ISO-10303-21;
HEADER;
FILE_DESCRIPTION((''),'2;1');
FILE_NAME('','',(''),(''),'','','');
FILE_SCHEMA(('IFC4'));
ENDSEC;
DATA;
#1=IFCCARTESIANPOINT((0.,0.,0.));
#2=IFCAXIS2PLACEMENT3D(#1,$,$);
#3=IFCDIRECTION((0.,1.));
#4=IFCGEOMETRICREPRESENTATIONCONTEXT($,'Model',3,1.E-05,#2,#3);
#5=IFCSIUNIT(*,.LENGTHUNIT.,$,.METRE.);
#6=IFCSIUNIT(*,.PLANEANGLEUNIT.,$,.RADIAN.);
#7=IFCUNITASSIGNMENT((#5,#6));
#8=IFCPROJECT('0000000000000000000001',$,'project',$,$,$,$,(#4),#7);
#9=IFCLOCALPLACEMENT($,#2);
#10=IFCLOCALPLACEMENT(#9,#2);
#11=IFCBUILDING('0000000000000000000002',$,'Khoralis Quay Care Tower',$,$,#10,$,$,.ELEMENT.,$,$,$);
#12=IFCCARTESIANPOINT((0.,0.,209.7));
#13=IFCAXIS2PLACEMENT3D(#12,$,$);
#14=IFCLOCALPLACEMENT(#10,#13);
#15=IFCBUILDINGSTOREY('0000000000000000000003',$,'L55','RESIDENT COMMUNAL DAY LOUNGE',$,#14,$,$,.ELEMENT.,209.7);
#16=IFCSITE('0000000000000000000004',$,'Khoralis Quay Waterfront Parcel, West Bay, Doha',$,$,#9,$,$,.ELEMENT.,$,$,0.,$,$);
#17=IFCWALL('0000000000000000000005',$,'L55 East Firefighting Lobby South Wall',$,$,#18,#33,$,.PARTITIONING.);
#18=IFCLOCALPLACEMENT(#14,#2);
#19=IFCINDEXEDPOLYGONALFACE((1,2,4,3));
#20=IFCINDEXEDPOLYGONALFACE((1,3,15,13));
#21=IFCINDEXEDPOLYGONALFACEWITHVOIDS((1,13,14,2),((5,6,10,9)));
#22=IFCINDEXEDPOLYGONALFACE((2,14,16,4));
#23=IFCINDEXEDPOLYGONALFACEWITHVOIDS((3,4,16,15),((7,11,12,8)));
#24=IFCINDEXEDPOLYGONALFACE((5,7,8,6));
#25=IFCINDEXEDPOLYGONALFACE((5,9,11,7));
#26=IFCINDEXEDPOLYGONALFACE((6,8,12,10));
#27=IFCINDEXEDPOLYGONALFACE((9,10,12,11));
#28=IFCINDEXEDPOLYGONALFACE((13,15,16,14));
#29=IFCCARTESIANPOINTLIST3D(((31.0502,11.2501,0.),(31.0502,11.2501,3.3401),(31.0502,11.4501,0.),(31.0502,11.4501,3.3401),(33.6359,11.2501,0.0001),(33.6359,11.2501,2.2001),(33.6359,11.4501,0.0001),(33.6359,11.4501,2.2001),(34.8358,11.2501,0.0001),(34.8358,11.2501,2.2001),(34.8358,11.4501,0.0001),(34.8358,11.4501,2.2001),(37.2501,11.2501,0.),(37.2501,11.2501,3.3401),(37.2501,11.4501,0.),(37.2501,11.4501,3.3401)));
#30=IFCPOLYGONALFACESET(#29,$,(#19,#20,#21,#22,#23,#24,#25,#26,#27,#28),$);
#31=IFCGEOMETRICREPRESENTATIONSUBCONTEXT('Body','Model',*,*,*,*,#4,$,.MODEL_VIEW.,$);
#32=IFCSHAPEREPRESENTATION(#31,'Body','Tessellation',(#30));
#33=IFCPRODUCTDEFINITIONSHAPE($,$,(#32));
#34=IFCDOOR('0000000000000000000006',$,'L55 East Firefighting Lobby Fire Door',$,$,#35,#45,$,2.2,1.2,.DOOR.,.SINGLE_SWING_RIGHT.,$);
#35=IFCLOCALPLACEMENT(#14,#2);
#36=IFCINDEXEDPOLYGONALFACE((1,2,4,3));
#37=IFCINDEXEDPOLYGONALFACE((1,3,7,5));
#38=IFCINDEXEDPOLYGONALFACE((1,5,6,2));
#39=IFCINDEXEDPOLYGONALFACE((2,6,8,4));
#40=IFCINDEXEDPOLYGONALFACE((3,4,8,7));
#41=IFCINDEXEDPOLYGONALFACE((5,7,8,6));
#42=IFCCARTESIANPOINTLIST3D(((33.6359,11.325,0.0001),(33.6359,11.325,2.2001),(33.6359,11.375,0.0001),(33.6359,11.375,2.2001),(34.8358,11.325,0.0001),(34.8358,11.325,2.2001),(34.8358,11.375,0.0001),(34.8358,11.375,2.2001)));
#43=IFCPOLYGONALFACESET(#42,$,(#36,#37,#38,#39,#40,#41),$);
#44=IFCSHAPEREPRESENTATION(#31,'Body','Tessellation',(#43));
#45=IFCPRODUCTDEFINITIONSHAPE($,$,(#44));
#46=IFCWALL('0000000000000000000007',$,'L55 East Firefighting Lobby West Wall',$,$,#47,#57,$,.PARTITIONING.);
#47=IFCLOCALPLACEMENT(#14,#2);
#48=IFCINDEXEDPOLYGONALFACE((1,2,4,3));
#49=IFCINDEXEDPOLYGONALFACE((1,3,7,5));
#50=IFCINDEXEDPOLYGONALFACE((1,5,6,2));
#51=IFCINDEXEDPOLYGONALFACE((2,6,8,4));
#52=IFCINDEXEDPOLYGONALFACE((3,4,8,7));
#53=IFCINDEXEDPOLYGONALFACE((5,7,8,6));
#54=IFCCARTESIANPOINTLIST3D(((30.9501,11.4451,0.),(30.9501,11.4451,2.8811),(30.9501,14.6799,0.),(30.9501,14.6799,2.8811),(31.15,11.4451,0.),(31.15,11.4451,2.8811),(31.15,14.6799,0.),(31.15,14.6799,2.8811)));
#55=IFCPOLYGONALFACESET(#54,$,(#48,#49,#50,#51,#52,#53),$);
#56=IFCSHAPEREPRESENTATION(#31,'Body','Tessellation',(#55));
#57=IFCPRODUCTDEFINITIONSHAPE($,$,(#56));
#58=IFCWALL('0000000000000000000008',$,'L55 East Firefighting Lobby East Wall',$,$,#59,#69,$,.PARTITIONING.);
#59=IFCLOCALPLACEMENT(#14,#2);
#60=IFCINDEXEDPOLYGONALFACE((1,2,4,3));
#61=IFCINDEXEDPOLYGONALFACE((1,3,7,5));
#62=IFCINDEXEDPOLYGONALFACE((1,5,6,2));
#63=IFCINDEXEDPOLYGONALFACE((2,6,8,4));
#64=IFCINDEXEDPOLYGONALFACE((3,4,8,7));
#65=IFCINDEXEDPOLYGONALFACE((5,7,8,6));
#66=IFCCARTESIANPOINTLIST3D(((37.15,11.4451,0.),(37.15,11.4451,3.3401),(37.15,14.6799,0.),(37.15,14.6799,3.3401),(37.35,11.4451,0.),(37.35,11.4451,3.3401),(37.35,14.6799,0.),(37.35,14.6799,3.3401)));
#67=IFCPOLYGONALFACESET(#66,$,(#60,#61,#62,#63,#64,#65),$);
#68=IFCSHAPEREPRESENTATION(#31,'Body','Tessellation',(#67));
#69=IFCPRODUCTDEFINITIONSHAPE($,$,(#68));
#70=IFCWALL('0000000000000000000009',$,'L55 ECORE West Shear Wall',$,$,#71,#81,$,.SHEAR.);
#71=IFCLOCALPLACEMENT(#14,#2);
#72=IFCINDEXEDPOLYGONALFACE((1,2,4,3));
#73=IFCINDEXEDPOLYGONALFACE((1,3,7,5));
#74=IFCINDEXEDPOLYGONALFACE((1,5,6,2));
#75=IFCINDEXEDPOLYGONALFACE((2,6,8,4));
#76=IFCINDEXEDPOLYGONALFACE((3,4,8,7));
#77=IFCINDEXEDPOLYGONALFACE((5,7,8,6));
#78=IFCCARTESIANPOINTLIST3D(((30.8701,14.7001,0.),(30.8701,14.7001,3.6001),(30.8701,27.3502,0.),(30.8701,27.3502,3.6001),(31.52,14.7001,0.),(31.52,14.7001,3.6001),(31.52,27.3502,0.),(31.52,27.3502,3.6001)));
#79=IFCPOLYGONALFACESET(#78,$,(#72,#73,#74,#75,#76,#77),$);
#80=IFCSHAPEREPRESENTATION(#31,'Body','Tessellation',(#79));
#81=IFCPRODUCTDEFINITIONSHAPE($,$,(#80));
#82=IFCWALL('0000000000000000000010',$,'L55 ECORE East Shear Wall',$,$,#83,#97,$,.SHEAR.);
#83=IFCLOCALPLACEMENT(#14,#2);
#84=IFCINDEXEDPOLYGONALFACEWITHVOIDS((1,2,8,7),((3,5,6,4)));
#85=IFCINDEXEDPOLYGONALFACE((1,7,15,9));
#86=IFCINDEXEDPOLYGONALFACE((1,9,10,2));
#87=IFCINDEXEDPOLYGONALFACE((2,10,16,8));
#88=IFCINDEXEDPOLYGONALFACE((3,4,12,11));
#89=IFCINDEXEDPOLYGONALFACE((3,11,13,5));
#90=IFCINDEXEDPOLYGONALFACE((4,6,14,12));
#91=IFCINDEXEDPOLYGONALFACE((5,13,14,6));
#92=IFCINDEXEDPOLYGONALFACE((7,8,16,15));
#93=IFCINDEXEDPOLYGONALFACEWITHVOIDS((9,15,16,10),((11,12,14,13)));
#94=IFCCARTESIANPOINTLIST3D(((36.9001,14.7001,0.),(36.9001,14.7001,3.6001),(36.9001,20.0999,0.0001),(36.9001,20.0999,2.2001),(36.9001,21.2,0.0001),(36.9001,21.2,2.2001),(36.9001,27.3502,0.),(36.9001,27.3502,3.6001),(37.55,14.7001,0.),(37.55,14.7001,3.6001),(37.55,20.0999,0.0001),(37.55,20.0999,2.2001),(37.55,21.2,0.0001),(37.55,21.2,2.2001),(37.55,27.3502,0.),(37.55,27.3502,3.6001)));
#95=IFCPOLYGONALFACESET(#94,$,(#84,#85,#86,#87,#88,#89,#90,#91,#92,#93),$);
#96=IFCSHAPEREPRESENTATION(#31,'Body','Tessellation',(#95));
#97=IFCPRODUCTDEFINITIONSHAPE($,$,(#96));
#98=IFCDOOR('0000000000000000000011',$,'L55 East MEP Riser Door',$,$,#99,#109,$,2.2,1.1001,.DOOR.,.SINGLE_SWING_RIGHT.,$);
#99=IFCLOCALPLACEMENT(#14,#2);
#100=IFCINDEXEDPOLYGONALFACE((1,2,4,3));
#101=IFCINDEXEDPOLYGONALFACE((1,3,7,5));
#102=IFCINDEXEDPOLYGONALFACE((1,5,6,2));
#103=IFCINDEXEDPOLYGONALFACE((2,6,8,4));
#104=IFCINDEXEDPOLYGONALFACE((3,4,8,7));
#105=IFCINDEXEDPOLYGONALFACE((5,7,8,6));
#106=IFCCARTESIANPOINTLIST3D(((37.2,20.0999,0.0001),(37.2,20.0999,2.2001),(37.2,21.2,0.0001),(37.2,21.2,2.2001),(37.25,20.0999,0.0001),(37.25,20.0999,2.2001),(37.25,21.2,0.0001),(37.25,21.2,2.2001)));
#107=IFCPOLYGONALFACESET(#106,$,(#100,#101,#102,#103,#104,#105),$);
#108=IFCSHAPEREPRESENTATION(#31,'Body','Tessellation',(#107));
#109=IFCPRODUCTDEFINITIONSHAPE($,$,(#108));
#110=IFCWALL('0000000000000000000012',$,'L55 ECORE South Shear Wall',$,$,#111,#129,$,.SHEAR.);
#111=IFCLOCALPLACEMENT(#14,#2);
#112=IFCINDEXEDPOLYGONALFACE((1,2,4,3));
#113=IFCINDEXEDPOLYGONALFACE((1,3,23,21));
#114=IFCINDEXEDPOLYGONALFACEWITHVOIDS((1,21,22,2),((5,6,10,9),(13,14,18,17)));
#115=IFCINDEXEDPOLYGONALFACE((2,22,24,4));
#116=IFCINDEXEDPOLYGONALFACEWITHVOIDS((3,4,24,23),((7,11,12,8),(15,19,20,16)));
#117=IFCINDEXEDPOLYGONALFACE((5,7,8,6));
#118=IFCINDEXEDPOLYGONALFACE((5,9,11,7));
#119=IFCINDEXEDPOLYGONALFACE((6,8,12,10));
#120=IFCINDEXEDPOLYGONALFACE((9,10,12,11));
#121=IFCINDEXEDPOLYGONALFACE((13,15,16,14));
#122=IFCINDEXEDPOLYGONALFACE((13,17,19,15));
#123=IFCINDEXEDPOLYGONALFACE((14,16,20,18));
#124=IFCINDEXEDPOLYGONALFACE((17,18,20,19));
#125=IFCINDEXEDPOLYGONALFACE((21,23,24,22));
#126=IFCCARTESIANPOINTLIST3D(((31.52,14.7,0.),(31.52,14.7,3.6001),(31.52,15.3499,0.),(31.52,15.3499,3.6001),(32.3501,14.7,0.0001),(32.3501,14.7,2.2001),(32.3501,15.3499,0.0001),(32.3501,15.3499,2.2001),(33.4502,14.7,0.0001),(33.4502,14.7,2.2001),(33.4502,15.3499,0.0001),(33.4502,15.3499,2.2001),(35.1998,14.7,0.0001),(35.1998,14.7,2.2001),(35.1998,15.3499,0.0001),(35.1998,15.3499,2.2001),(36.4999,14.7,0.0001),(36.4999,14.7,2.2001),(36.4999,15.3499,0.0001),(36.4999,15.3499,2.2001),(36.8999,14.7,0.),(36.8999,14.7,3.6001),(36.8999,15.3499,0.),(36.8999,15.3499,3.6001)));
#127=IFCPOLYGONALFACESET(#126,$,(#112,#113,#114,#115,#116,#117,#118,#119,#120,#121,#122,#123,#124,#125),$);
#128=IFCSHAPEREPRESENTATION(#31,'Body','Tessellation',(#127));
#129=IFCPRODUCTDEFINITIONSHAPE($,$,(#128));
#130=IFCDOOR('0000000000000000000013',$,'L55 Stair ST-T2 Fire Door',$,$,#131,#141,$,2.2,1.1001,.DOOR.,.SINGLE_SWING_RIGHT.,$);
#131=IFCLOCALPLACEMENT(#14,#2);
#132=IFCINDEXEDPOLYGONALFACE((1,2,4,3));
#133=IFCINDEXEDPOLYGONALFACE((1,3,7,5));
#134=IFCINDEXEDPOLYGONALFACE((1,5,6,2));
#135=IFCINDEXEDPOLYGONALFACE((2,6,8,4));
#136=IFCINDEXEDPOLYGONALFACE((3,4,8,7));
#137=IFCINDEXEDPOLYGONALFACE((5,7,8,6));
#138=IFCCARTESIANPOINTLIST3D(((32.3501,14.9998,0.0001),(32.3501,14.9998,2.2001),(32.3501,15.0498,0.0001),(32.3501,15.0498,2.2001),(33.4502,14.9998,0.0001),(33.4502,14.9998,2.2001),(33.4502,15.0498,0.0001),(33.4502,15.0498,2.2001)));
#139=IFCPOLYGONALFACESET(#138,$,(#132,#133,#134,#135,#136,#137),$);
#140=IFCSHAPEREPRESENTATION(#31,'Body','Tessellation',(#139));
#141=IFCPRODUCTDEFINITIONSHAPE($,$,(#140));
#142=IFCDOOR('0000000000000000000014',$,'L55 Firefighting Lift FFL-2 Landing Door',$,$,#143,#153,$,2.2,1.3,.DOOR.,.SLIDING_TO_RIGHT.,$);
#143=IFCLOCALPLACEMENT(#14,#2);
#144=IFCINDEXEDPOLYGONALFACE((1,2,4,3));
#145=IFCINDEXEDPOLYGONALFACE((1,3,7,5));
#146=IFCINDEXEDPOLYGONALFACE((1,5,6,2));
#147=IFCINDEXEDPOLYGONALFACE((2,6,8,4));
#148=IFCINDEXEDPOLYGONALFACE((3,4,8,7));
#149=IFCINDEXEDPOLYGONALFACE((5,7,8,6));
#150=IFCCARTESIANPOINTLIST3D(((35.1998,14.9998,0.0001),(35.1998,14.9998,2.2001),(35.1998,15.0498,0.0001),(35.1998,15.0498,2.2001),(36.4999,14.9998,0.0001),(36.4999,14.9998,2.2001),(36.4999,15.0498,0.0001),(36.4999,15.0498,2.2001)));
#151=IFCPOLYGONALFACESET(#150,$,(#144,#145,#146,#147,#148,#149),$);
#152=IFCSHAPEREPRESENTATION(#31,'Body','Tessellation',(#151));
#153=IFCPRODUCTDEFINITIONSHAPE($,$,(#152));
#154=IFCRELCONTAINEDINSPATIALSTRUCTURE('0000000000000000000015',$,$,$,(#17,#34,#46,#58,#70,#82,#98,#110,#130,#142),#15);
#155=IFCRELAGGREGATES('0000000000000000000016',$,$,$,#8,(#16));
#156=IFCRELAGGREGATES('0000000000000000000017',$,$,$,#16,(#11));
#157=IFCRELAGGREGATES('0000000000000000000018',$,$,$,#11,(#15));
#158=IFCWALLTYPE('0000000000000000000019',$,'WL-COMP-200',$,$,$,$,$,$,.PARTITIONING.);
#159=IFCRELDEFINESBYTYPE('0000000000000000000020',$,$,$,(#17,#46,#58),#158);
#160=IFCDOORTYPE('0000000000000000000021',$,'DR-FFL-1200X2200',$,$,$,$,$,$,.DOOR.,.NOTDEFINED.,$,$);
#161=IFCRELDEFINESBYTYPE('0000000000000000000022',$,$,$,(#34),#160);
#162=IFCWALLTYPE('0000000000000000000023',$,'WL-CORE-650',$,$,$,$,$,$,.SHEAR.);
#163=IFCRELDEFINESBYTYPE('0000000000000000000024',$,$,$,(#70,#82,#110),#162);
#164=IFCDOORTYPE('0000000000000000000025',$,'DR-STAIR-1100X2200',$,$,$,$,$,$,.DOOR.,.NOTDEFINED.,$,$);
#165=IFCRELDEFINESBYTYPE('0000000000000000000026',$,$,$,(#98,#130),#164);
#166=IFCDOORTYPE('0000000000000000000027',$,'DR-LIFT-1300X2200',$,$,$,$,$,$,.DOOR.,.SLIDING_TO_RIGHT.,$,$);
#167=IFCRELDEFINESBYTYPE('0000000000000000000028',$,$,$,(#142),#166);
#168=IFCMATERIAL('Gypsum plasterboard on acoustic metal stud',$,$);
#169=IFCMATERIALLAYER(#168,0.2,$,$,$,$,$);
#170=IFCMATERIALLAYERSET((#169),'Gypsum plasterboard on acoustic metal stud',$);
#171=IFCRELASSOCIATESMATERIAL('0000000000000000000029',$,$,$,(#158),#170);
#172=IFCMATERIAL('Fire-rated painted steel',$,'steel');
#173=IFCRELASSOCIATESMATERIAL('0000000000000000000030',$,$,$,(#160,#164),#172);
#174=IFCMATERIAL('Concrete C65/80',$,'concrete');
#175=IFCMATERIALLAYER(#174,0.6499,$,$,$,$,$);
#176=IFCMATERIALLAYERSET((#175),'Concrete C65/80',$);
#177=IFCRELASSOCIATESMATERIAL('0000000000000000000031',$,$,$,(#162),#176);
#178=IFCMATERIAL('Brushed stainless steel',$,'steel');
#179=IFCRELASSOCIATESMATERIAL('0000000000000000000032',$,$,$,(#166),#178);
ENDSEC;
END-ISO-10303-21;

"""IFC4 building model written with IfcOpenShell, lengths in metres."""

from ifc_helpers import new_model, si_unit, direction, frame, frame_2d, origin, place, context, subcontext, project, spatial, rectangle, extrude, source, transform, mapped, material, layer, layer_set, type_object, element, fill, save


model = new_model("IFC4")

# Units and contexts
model_context = context("Model", 3, precision=1e-05, world=origin(), true_north=direction((0.0, 1.0)))
body_context = subcontext(model_context, "Body", "Model", "MODEL_VIEW")
ifc_project = project(units=[si_unit("LENGTHUNIT", "METRE"), si_unit("PLANEANGLEUNIT", "RADIAN")], contexts=[model_context])

# Site, building, storey
site_placement = place(None, origin())
site = spatial("IfcSite", under=ifc_project, at=site_placement, Name="Khoralis Quay Waterfront Parcel, West Bay, Doha", CompositionType="ELEMENT", RefElevation=0.0)
building_placement = place(site_placement, origin())
building = spatial("IfcBuilding", under=site, at=building_placement, Name="Khoralis Quay Care Tower", CompositionType="ELEMENT")
storey_placement = place(building_placement, frame((0.0, 0.0, 209.7)))
storey = spatial("IfcBuildingStorey", under=building, at=storey_placement, Name="L55", Description="RESIDENT COMMUNAL DAY LOUNGE", CompositionType="ELEMENT", Elevation=209.7)

# Wall, opening, door
ifc_material_1 = material(Name="Gypsum plasterboard on acoustic metal stud")
ifc_layer_1 = layer(ifc_material_1, 0.2)
ifc_layer_set_1 = layer_set([ifc_layer_1], Name="Gypsum plasterboard on acoustic metal stud")
wall_type_1 = type_object("IfcWallType", Name="WL-COMP-200", PredefinedType="PARTITIONING", material=ifc_layer_set_1)
wall_1_placement = place(storey_placement, frame((31.05, 11.3501, 0.0), z_axis=(0.0, 0.0, 1.0), x_axis=(1.0, 0.0, 0.0)))
wall_1 = element("IfcWall", 1, at=wall_1_placement, inside=storey, type_object=wall_type_1, Name="L55 East Firefighting Lobby South Wall", PredefinedType="PARTITIONING", context=body_context, shape_type="SweptSolid", body=[
    extrude(rectangle(XDim=6.2, YDim=0.2, at=frame_2d((3.1001, 0.0))), origin(), (0.0, 0.0, 1.0), 3.3401),
])
opening_1_placement = place(wall_1_placement, frame((2.5857, 0.0, 0.0)))
opening_1 = element("IfcOpeningElement", 2, at=opening_1_placement, cuts=wall_1, PredefinedType="OPENING", context=body_context, shape_type="SweptSolid", body=[
    extrude(rectangle(XDim=1.2, YDim=2.2, at=frame_2d((0.6001, 1.1001))), frame((0.0, 0.1099, 0.0), z_axis=(0.0, -1.0, 0.0), x_axis=(1.0, 0.0, 0.0)), (0.0, 0.0, 1.0), 0.22),
])
ifc_material_2 = material(Name="Fire-rated painted steel", Category="steel")
door_type_1 = type_object("IfcDoorType", Name="DR-FFL-1200X2200", OperationType="NOTDEFINED", PredefinedType="DOOR", material=ifc_material_2)
shared_shape_1 = source(origin(), body_context, "Body", "SweptSolid", [
    extrude(rectangle(XDim=1.2, YDim=2.2, at=frame_2d((0.6001, 1.1001))), frame((0.0, 0.0249, 0.0), z_axis=(0.0, -1.0, 0.0), x_axis=(1.0, 0.0, 0.0)), (0.0, 0.0, 1.0), 0.05),
])
door_1_placement = place(opening_1_placement, origin())
door_1 = element("IfcDoor", 3, at=door_1_placement, inside=storey, type_object=door_type_1, Name="L55 East Firefighting Lobby Fire Door", OperationType="SINGLE_SWING_RIGHT", OverallHeight=2.2, OverallWidth=1.2, PredefinedType="DOOR", context=body_context, shape_type="MappedRepresentation", body=[
    mapped(shared_shape_1, transform((0.0, 0.0, 0.0), scale=1.0)),
])
fill(opening_1, door_1)

# Walls
wall_2_placement = place(storey_placement, frame((31.05, 11.4451, 0.0), z_axis=(0.0, 0.0, 1.0), x_axis=(0.0, 1.0, 0.0)))
element("IfcWall", 4, at=wall_2_placement, inside=storey, type_object=wall_type_1, Name="L55 East Firefighting Lobby West Wall", PredefinedType="PARTITIONING", context=body_context, shape_type="SweptSolid", body=[
    extrude(rectangle(XDim=3.2349, YDim=0.2, at=frame_2d((1.6174, 0.0))), origin(), (0.0, 0.0, 1.0), 2.8811),
])
wall_3_placement = place(storey_placement, frame((37.25, 11.4451, 0.0), z_axis=(0.0, 0.0, 1.0), x_axis=(0.0, 1.0, 0.0)))
element("IfcWall", 5, at=wall_3_placement, inside=storey, type_object=wall_type_1, Name="L55 East Firefighting Lobby East Wall", PredefinedType="PARTITIONING", context=body_context, shape_type="SweptSolid", body=[
    extrude(rectangle(XDim=3.2349, YDim=0.2, at=frame_2d((1.6174, 0.0))), origin(), (0.0, 0.0, 1.0), 3.3401),
])
ifc_material_3 = material(Name="Concrete C65/80", Category="concrete")
ifc_layer_2 = layer(ifc_material_3, 0.6499)
ifc_layer_set_2 = layer_set([ifc_layer_2], Name="Concrete C65/80")
wall_type_2 = type_object("IfcWallType", Name="WL-CORE-650", PredefinedType="SHEAR", material=ifc_layer_set_2)
wall_4_placement = place(storey_placement, frame((31.1951, 14.7, 0.0), z_axis=(0.0, 0.0, 1.0), x_axis=(0.0, 1.0, 0.0)))
element("IfcWall", 6, at=wall_4_placement, inside=storey, type_object=wall_type_2, Name="L55 ECORE West Shear Wall", PredefinedType="SHEAR", context=body_context, shape_type="SweptSolid", body=[
    extrude(rectangle(XDim=12.6501, YDim=0.6499, at=frame_2d((6.3252, 0.0))), origin(), (0.0, 0.0, 1.0), 3.6001),
])

# Wall, opening, door
wall_5_placement = place(storey_placement, frame((37.2251, 14.7, 0.0), z_axis=(0.0, 0.0, 1.0), x_axis=(0.0, 1.0, 0.0)))
wall_5 = element("IfcWall", 7, at=wall_5_placement, inside=storey, type_object=wall_type_2, Name="L55 ECORE East Shear Wall", PredefinedType="SHEAR", context=body_context, shape_type="SweptSolid", body=[
    extrude(rectangle(XDim=12.6501, YDim=0.6499, at=frame_2d((6.3252, 0.0))), origin(), (0.0, 0.0, 1.0), 3.6001),
])
opening_2_placement = place(wall_5_placement, frame((5.3999, 0.0, 0.0)))
opening_2 = element("IfcOpeningElement", 8, at=opening_2_placement, cuts=wall_5, PredefinedType="OPENING", context=body_context, shape_type="SweptSolid", body=[
    extrude(rectangle(XDim=1.1001, YDim=2.2, at=frame_2d((0.55, 1.1001))), frame((0.0, 0.335, 0.0), z_axis=(0.0, -1.0, 0.0), x_axis=(1.0, 0.0, 0.0)), (0.0, 0.0, 1.0), 0.6699),
])
door_type_2 = type_object("IfcDoorType", Name="DR-STAIR-1100X2200", OperationType="NOTDEFINED", PredefinedType="DOOR", material=ifc_material_2)
shared_shape_2 = source(origin(), body_context, "Body", "SweptSolid", [
    extrude(rectangle(XDim=1.1001, YDim=2.2, at=frame_2d((0.55, 1.1001))), frame((0.0, 0.0249, 0.0), z_axis=(0.0, -1.0, 0.0), x_axis=(1.0, 0.0, 0.0)), (0.0, 0.0, 1.0), 0.05),
])
door_2_placement = place(opening_2_placement, frame((1.1001, 0.0, 0.0), z_axis=(0.0, 0.0, 1.0), x_axis=(-1.0, 0.0, 0.0)))
door_2 = element("IfcDoor", 9, at=door_2_placement, inside=storey, type_object=door_type_2, Name="L55 East MEP Riser Door", OperationType="SINGLE_SWING_RIGHT", OverallHeight=2.2, OverallWidth=1.1001, PredefinedType="DOOR", context=body_context, shape_type="MappedRepresentation", body=[
    mapped(shared_shape_2, transform((0.0, 0.0, 0.0), scale=1.0)),
])
fill(opening_2, door_2)

# Wall, openings, doors
wall_6_placement = place(storey_placement, frame((31.52, 15.0249, 0.0), z_axis=(0.0, 0.0, 1.0), x_axis=(1.0, 0.0, 0.0)))
wall_6 = element("IfcWall", 10, at=wall_6_placement, inside=storey, type_object=wall_type_2, Name="L55 ECORE South Shear Wall", PredefinedType="SHEAR", context=body_context, shape_type="SweptSolid", body=[
    extrude(rectangle(XDim=5.3799, YDim=0.6499, at=frame_2d((2.6899, 0.0))), origin(), (0.0, 0.0, 1.0), 3.6001),
])
opening_3_placement = place(wall_6_placement, frame((0.8301, 0.0, 0.0)))
opening_3 = element("IfcOpeningElement", 11, at=opening_3_placement, cuts=wall_6, PredefinedType="OPENING", context=body_context, shape_type="SweptSolid", body=[
    extrude(rectangle(XDim=1.1001, YDim=2.2, at=frame_2d((0.55, 1.1001))), frame((0.0, 0.335, 0.0), z_axis=(0.0, -1.0, 0.0), x_axis=(1.0, 0.0, 0.0)), (0.0, 0.0, 1.0), 0.6699),
])
opening_4_placement = place(wall_6_placement, frame((3.6799, 0.0, 0.0)))
opening_4 = element("IfcOpeningElement", 12, at=opening_4_placement, cuts=wall_6, PredefinedType="OPENING", context=body_context, shape_type="SweptSolid", body=[
    extrude(rectangle(XDim=1.3, YDim=2.2, at=frame_2d((0.6499, 1.1001))), frame((0.0, 0.335, 0.0), z_axis=(0.0, -1.0, 0.0), x_axis=(1.0, 0.0, 0.0)), (0.0, 0.0, 1.0), 0.6699),
])
door_3_placement = place(opening_3_placement, origin())
door_3 = element("IfcDoor", 13, at=door_3_placement, inside=storey, type_object=door_type_2, Name="L55 Stair ST-T2 Fire Door", OperationType="SINGLE_SWING_RIGHT", OverallHeight=2.2, OverallWidth=1.1001, PredefinedType="DOOR", context=body_context, shape_type="MappedRepresentation", body=[
    mapped(shared_shape_2, transform((0.0, 0.0, 0.0), scale=1.0)),
])
fill(opening_3, door_3)
ifc_material_4 = material(Name="Brushed stainless steel", Category="steel")
door_type_3 = type_object("IfcDoorType", Name="DR-LIFT-1300X2200", OperationType="SLIDING_TO_RIGHT", PredefinedType="DOOR", material=ifc_material_4)
shared_shape_3 = source(origin(), body_context, "Body", "SweptSolid", [
    extrude(rectangle(XDim=1.3, YDim=2.2, at=frame_2d((0.6499, 1.1001))), frame((0.0, 0.0249, 0.0), z_axis=(0.0, -1.0, 0.0), x_axis=(1.0, 0.0, 0.0)), (0.0, 0.0, 1.0), 0.05),
])
door_4_placement = place(opening_4_placement, origin())
door_4 = element("IfcDoor", 14, at=door_4_placement, inside=storey, type_object=door_type_3, Name="L55 Firefighting Lift FFL-2 Landing Door", OperationType="SLIDING_TO_RIGHT", OverallHeight=2.2, OverallWidth=1.3, PredefinedType="DOOR", context=body_context, shape_type="MappedRepresentation", body=[
    mapped(shared_shape_3, transform((0.0, 0.0, 0.0), scale=1.0)),
])
fill(opening_4, door_4)

save(model, "model.ifc")
